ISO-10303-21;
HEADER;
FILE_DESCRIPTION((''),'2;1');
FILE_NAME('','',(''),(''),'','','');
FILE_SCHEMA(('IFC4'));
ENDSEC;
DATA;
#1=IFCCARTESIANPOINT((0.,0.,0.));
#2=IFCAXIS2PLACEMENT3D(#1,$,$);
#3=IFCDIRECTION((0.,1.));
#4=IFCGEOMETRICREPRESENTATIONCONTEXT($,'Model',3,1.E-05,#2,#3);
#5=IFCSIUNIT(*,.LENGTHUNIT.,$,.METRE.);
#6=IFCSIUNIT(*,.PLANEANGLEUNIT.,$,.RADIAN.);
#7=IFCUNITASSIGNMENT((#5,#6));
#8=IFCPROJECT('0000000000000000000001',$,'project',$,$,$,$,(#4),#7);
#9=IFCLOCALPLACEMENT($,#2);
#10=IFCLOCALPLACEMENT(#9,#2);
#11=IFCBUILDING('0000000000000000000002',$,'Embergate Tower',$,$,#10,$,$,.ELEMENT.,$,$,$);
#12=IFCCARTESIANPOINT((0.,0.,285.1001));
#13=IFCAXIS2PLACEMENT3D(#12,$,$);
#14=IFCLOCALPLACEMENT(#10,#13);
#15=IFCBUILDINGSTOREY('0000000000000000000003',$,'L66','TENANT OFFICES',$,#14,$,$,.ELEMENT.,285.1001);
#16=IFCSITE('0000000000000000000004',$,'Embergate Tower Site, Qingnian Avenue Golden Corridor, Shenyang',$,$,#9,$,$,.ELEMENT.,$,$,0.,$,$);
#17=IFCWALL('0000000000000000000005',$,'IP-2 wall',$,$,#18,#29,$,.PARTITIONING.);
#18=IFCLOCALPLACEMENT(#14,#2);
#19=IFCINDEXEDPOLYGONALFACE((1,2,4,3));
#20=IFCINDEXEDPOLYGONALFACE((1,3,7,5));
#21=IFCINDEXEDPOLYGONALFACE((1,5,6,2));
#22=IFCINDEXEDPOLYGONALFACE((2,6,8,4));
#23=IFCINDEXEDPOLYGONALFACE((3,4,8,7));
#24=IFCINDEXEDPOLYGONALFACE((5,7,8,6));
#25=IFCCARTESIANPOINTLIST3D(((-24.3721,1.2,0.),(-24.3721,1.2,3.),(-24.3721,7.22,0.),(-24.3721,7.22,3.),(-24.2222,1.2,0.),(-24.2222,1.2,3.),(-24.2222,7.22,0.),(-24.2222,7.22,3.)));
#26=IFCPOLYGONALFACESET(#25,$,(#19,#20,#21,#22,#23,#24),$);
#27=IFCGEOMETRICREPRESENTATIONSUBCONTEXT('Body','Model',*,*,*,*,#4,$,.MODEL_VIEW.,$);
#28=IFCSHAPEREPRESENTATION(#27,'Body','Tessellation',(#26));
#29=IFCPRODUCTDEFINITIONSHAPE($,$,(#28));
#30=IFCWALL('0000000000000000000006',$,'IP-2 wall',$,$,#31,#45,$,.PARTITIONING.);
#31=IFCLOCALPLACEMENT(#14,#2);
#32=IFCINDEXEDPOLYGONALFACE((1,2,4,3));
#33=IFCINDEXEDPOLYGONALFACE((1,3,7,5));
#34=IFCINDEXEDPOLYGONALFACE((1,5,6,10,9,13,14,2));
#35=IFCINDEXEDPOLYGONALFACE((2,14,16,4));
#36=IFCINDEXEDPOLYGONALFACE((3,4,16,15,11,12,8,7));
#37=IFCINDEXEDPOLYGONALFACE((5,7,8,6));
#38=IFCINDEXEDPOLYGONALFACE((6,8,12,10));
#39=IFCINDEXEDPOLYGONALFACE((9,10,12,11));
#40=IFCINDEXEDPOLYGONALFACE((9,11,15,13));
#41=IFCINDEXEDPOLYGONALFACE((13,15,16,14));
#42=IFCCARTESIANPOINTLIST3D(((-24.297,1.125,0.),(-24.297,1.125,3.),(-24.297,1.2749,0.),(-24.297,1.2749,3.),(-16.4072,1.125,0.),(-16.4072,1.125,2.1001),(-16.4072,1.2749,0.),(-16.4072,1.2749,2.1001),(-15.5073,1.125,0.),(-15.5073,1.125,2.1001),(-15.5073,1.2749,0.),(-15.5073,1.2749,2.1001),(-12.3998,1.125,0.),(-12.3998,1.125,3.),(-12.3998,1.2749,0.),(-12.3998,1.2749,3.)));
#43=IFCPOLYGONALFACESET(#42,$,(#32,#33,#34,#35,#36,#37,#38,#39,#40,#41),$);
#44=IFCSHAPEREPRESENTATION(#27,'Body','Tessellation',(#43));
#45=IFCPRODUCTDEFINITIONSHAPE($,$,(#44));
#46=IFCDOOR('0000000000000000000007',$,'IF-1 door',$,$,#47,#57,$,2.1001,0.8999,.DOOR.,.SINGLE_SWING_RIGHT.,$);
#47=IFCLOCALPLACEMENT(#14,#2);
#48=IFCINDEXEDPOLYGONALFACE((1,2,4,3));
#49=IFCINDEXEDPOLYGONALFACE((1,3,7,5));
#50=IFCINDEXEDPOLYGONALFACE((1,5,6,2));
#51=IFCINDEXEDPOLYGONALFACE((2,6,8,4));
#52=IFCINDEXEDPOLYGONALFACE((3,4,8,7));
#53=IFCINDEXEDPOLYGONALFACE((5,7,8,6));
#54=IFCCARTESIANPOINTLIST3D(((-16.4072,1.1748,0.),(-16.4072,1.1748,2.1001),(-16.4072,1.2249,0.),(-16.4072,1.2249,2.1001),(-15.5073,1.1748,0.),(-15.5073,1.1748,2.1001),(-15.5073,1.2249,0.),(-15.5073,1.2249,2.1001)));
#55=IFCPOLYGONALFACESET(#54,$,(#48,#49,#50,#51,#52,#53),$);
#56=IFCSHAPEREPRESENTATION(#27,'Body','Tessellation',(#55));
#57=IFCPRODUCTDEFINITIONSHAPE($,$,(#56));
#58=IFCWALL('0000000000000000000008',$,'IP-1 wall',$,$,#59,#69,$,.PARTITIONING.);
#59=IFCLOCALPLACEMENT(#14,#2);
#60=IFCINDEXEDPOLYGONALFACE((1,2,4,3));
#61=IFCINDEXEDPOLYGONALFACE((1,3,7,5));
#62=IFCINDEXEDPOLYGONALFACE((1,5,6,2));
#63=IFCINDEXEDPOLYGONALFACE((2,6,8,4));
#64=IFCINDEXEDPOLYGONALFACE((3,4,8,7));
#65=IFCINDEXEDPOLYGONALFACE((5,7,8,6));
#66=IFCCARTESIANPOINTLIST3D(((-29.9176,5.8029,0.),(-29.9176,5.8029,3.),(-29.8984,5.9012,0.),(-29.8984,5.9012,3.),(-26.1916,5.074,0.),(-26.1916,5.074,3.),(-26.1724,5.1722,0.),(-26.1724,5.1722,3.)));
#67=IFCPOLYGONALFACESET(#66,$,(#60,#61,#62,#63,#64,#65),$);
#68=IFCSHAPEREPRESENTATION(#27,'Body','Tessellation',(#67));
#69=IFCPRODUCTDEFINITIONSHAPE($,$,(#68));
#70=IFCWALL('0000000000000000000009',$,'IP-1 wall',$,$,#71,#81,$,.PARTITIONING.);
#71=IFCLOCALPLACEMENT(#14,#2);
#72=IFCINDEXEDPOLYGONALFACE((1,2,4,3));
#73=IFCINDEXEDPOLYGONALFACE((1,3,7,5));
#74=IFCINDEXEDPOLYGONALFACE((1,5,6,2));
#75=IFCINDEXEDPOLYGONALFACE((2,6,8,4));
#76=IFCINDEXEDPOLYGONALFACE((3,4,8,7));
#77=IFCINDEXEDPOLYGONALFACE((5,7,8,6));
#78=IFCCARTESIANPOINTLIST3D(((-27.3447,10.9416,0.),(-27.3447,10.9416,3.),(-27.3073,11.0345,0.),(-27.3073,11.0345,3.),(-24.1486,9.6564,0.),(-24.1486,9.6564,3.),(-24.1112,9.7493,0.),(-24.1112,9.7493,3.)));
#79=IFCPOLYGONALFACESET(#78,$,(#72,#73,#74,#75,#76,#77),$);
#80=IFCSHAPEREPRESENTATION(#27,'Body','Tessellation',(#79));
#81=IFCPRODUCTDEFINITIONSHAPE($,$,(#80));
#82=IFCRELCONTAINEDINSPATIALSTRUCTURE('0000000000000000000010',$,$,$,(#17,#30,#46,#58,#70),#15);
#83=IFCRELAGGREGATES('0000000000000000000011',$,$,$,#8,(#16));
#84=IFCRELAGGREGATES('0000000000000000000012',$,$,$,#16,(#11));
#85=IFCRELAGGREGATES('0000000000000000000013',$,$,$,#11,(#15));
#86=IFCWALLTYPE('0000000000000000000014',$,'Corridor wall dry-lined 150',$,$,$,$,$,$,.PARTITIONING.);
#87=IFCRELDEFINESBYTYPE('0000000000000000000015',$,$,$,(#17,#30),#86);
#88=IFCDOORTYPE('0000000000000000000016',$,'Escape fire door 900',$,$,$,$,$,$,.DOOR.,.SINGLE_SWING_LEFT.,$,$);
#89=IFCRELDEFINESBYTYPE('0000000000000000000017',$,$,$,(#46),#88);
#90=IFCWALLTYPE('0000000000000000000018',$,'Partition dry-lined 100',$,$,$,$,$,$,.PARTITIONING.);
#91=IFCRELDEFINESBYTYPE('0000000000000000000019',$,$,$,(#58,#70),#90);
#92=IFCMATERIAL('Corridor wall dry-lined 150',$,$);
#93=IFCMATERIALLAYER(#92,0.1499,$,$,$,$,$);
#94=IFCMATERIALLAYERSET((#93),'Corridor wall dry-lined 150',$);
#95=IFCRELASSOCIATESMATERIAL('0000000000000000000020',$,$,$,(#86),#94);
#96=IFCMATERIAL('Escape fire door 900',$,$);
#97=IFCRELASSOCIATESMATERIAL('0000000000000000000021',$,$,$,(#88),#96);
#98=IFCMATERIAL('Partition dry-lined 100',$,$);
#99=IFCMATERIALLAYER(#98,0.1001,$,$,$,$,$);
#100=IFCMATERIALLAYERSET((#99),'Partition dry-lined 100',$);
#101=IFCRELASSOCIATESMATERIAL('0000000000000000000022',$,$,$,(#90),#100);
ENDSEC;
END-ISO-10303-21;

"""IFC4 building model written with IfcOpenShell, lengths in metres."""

from ifc_helpers import new_model, si_unit, direction, frame, frame_2d, origin, place, context, subcontext, project, spatial, rectangle, extrude, source, transform, mapped, material, layer, layer_set, type_object, element, fill, save


model = new_model("IFC4")

# Units and contexts
model_context = context("Model", 3, precision=1e-05, world=origin(), true_north=direction((0.0, 1.0)))
body_context = subcontext(model_context, "Body", "Model", "MODEL_VIEW")
ifc_project = project(units=[si_unit("LENGTHUNIT", "METRE"), si_unit("PLANEANGLEUNIT", "RADIAN")], contexts=[model_context])

# Site, building, storey
site_placement = place(None, origin())
site = spatial("IfcSite", under=ifc_project, at=site_placement, Name="Embergate Tower Site, Qingnian Avenue Golden Corridor, Shenyang", CompositionType="ELEMENT", RefElevation=0.0)
building_placement = place(site_placement, origin())
building = spatial("IfcBuilding", under=site, at=building_placement, Name="Embergate Tower", CompositionType="ELEMENT")
storey_placement = place(building_placement, frame((0.0, 0.0, 285.1001)))
storey = spatial("IfcBuildingStorey", under=building, at=storey_placement, Name="L66", Description="TENANT OFFICES", CompositionType="ELEMENT", Elevation=285.1001)

# Shared definitions
ifc_material_1 = material(Name="Corridor wall dry-lined 150")
ifc_layer_1 = layer(ifc_material_1, 0.1499)
ifc_layer_set_1 = layer_set([ifc_layer_1], Name="Corridor wall dry-lined 150")
wall_type_1 = type_object("IfcWallType", Name="Corridor wall dry-lined 150", PredefinedType="PARTITIONING", material=ifc_layer_set_1)
shared_shape_1 = source(origin(), body_context, "Body", "SweptSolid", [
    extrude(rectangle(XDim=0.8999, YDim=2.1001, at=frame_2d((0.45, 1.05))), frame((0.0, 0.085, 0.0), z_axis=(0.0, -1.0, 0.0), x_axis=(1.0, 0.0, 0.0)), (0.0, 0.0, 1.0), 0.1699),
])
ifc_material_2 = material(Name="Escape fire door 900")
door_type_1 = type_object("IfcDoorType", Name="Escape fire door 900", OperationType="SINGLE_SWING_LEFT", PredefinedType="DOOR", material=ifc_material_2)
shared_shape_2 = source(origin(), body_context, "Body", "SweptSolid", [
    extrude(rectangle(XDim=0.8999, YDim=2.1001, at=frame_2d((0.45, 1.05))), frame((0.0, 0.0249, 0.0), z_axis=(0.0, -1.0, 0.0), x_axis=(1.0, 0.0, 0.0)), (0.0, 0.0, 1.0), 0.05),
])

# Wall
shared_shape_3 = source(origin(), body_context, "Body", "SweptSolid", [
    extrude(rectangle(XDim=6.02, YDim=0.1499, at=frame_2d((3.01, 0.0))), origin(), (0.0, 0.0, 1.0), 3.0),
])
wall_1_placement = place(storey_placement, frame((-24.2971, 1.2, 0.0), z_axis=(0.0, 0.0, 1.0), x_axis=(0.0, 1.0, 0.0)))
element("IfcWall", 1, at=wall_1_placement, inside=storey, type_object=wall_type_1, Name="IP-2 wall", PredefinedType="PARTITIONING", context=body_context, shape_type="MappedRepresentation", body=[
    mapped(shared_shape_3, transform((0.0, 0.0, 0.0))),
])

# Wall, opening, door
shared_shape_4 = source(origin(), body_context, "Body", "SweptSolid", [
    extrude(rectangle(XDim=11.8972, YDim=0.1499, at=frame_2d((5.9487, 0.0))), origin(), (0.0, 0.0, 1.0), 3.0),
])
wall_2_placement = place(storey_placement, frame((-24.2971, 1.2, 0.0), z_axis=(0.0, 0.0, 1.0), x_axis=(1.0, 0.0, 0.0)))
wall_2 = element("IfcWall", 2, at=wall_2_placement, inside=storey, type_object=wall_type_1, Name="IP-2 wall", PredefinedType="PARTITIONING", context=body_context, shape_type="MappedRepresentation", body=[
    mapped(shared_shape_4, transform((0.0, 0.0, 0.0))),
])
opening_1_placement = place(wall_2_placement, frame((7.8899, 0.0, 0.0)))
opening_1 = element("IfcOpeningElement", 3, at=opening_1_placement, cuts=wall_2, PredefinedType="OPENING", context=body_context, shape_type="MappedRepresentation", body=[
    mapped(shared_shape_1, transform((0.0, 0.0, 0.0))),
])
door_1_placement = place(opening_1_placement, origin())
door_1 = element("IfcDoor", 4, at=door_1_placement, inside=storey, type_object=door_type_1, Name="IF-1 door", OperationType="SINGLE_SWING_RIGHT", OverallHeight=2.1001, OverallWidth=0.8999, PredefinedType="DOOR", context=body_context, shape_type="MappedRepresentation", body=[
    mapped(shared_shape_2, transform((0.0, 0.0, 0.0))),
])
fill(opening_1, door_1)

# Walls
ifc_material_3 = material(Name="Partition dry-lined 100")
ifc_layer_2 = layer(ifc_material_3, 0.1001)
ifc_layer_set_2 = layer_set([ifc_layer_2], Name="Partition dry-lined 100")
wall_type_2 = type_object("IfcWallType", Name="Partition dry-lined 100", PredefinedType="PARTITIONING", material=ifc_layer_set_2)
shared_shape_5 = source(origin(), body_context, "Body", "SweptSolid", [
    extrude(rectangle(XDim=3.7966, YDim=0.1001, at=frame_2d((1.8984, 0.0))), origin(), (0.0, 0.0, 1.0), 3.0),
])
wall_3_placement = place(storey_placement, frame((-26.1819, 5.123, 0.0), z_axis=(0.0, 0.0, 1.0), x_axis=(-0.981393, 0.192009, 0.0)))
element("IfcWall", 5, at=wall_3_placement, inside=storey, type_object=wall_type_2, Name="IP-1 wall", PredefinedType="PARTITIONING", context=body_context, shape_type="MappedRepresentation", body=[
    mapped(shared_shape_5, transform((0.0, 0.0, 0.0))),
])
shared_shape_6 = source(origin(), body_context, "Body", "SweptSolid", [
    extrude(rectangle(XDim=3.4448, YDim=0.1001, at=frame_2d((1.7224, 0.0))), origin(), (0.0, 0.0, 1.0), 3.0),
])
wall_4_placement = place(storey_placement, frame((-24.1299, 9.7029, 0.0), z_axis=(0.0, 0.0, 1.0), x_axis=(-0.927801, 0.373076, 0.0)))
element("IfcWall", 6, at=wall_4_placement, inside=storey, type_object=wall_type_2, Name="IP-1 wall", PredefinedType="PARTITIONING", context=body_context, shape_type="MappedRepresentation", body=[
    mapped(shared_shape_6, transform((0.0, 0.0, 0.0))),
])

save(model, "model.ifc")
